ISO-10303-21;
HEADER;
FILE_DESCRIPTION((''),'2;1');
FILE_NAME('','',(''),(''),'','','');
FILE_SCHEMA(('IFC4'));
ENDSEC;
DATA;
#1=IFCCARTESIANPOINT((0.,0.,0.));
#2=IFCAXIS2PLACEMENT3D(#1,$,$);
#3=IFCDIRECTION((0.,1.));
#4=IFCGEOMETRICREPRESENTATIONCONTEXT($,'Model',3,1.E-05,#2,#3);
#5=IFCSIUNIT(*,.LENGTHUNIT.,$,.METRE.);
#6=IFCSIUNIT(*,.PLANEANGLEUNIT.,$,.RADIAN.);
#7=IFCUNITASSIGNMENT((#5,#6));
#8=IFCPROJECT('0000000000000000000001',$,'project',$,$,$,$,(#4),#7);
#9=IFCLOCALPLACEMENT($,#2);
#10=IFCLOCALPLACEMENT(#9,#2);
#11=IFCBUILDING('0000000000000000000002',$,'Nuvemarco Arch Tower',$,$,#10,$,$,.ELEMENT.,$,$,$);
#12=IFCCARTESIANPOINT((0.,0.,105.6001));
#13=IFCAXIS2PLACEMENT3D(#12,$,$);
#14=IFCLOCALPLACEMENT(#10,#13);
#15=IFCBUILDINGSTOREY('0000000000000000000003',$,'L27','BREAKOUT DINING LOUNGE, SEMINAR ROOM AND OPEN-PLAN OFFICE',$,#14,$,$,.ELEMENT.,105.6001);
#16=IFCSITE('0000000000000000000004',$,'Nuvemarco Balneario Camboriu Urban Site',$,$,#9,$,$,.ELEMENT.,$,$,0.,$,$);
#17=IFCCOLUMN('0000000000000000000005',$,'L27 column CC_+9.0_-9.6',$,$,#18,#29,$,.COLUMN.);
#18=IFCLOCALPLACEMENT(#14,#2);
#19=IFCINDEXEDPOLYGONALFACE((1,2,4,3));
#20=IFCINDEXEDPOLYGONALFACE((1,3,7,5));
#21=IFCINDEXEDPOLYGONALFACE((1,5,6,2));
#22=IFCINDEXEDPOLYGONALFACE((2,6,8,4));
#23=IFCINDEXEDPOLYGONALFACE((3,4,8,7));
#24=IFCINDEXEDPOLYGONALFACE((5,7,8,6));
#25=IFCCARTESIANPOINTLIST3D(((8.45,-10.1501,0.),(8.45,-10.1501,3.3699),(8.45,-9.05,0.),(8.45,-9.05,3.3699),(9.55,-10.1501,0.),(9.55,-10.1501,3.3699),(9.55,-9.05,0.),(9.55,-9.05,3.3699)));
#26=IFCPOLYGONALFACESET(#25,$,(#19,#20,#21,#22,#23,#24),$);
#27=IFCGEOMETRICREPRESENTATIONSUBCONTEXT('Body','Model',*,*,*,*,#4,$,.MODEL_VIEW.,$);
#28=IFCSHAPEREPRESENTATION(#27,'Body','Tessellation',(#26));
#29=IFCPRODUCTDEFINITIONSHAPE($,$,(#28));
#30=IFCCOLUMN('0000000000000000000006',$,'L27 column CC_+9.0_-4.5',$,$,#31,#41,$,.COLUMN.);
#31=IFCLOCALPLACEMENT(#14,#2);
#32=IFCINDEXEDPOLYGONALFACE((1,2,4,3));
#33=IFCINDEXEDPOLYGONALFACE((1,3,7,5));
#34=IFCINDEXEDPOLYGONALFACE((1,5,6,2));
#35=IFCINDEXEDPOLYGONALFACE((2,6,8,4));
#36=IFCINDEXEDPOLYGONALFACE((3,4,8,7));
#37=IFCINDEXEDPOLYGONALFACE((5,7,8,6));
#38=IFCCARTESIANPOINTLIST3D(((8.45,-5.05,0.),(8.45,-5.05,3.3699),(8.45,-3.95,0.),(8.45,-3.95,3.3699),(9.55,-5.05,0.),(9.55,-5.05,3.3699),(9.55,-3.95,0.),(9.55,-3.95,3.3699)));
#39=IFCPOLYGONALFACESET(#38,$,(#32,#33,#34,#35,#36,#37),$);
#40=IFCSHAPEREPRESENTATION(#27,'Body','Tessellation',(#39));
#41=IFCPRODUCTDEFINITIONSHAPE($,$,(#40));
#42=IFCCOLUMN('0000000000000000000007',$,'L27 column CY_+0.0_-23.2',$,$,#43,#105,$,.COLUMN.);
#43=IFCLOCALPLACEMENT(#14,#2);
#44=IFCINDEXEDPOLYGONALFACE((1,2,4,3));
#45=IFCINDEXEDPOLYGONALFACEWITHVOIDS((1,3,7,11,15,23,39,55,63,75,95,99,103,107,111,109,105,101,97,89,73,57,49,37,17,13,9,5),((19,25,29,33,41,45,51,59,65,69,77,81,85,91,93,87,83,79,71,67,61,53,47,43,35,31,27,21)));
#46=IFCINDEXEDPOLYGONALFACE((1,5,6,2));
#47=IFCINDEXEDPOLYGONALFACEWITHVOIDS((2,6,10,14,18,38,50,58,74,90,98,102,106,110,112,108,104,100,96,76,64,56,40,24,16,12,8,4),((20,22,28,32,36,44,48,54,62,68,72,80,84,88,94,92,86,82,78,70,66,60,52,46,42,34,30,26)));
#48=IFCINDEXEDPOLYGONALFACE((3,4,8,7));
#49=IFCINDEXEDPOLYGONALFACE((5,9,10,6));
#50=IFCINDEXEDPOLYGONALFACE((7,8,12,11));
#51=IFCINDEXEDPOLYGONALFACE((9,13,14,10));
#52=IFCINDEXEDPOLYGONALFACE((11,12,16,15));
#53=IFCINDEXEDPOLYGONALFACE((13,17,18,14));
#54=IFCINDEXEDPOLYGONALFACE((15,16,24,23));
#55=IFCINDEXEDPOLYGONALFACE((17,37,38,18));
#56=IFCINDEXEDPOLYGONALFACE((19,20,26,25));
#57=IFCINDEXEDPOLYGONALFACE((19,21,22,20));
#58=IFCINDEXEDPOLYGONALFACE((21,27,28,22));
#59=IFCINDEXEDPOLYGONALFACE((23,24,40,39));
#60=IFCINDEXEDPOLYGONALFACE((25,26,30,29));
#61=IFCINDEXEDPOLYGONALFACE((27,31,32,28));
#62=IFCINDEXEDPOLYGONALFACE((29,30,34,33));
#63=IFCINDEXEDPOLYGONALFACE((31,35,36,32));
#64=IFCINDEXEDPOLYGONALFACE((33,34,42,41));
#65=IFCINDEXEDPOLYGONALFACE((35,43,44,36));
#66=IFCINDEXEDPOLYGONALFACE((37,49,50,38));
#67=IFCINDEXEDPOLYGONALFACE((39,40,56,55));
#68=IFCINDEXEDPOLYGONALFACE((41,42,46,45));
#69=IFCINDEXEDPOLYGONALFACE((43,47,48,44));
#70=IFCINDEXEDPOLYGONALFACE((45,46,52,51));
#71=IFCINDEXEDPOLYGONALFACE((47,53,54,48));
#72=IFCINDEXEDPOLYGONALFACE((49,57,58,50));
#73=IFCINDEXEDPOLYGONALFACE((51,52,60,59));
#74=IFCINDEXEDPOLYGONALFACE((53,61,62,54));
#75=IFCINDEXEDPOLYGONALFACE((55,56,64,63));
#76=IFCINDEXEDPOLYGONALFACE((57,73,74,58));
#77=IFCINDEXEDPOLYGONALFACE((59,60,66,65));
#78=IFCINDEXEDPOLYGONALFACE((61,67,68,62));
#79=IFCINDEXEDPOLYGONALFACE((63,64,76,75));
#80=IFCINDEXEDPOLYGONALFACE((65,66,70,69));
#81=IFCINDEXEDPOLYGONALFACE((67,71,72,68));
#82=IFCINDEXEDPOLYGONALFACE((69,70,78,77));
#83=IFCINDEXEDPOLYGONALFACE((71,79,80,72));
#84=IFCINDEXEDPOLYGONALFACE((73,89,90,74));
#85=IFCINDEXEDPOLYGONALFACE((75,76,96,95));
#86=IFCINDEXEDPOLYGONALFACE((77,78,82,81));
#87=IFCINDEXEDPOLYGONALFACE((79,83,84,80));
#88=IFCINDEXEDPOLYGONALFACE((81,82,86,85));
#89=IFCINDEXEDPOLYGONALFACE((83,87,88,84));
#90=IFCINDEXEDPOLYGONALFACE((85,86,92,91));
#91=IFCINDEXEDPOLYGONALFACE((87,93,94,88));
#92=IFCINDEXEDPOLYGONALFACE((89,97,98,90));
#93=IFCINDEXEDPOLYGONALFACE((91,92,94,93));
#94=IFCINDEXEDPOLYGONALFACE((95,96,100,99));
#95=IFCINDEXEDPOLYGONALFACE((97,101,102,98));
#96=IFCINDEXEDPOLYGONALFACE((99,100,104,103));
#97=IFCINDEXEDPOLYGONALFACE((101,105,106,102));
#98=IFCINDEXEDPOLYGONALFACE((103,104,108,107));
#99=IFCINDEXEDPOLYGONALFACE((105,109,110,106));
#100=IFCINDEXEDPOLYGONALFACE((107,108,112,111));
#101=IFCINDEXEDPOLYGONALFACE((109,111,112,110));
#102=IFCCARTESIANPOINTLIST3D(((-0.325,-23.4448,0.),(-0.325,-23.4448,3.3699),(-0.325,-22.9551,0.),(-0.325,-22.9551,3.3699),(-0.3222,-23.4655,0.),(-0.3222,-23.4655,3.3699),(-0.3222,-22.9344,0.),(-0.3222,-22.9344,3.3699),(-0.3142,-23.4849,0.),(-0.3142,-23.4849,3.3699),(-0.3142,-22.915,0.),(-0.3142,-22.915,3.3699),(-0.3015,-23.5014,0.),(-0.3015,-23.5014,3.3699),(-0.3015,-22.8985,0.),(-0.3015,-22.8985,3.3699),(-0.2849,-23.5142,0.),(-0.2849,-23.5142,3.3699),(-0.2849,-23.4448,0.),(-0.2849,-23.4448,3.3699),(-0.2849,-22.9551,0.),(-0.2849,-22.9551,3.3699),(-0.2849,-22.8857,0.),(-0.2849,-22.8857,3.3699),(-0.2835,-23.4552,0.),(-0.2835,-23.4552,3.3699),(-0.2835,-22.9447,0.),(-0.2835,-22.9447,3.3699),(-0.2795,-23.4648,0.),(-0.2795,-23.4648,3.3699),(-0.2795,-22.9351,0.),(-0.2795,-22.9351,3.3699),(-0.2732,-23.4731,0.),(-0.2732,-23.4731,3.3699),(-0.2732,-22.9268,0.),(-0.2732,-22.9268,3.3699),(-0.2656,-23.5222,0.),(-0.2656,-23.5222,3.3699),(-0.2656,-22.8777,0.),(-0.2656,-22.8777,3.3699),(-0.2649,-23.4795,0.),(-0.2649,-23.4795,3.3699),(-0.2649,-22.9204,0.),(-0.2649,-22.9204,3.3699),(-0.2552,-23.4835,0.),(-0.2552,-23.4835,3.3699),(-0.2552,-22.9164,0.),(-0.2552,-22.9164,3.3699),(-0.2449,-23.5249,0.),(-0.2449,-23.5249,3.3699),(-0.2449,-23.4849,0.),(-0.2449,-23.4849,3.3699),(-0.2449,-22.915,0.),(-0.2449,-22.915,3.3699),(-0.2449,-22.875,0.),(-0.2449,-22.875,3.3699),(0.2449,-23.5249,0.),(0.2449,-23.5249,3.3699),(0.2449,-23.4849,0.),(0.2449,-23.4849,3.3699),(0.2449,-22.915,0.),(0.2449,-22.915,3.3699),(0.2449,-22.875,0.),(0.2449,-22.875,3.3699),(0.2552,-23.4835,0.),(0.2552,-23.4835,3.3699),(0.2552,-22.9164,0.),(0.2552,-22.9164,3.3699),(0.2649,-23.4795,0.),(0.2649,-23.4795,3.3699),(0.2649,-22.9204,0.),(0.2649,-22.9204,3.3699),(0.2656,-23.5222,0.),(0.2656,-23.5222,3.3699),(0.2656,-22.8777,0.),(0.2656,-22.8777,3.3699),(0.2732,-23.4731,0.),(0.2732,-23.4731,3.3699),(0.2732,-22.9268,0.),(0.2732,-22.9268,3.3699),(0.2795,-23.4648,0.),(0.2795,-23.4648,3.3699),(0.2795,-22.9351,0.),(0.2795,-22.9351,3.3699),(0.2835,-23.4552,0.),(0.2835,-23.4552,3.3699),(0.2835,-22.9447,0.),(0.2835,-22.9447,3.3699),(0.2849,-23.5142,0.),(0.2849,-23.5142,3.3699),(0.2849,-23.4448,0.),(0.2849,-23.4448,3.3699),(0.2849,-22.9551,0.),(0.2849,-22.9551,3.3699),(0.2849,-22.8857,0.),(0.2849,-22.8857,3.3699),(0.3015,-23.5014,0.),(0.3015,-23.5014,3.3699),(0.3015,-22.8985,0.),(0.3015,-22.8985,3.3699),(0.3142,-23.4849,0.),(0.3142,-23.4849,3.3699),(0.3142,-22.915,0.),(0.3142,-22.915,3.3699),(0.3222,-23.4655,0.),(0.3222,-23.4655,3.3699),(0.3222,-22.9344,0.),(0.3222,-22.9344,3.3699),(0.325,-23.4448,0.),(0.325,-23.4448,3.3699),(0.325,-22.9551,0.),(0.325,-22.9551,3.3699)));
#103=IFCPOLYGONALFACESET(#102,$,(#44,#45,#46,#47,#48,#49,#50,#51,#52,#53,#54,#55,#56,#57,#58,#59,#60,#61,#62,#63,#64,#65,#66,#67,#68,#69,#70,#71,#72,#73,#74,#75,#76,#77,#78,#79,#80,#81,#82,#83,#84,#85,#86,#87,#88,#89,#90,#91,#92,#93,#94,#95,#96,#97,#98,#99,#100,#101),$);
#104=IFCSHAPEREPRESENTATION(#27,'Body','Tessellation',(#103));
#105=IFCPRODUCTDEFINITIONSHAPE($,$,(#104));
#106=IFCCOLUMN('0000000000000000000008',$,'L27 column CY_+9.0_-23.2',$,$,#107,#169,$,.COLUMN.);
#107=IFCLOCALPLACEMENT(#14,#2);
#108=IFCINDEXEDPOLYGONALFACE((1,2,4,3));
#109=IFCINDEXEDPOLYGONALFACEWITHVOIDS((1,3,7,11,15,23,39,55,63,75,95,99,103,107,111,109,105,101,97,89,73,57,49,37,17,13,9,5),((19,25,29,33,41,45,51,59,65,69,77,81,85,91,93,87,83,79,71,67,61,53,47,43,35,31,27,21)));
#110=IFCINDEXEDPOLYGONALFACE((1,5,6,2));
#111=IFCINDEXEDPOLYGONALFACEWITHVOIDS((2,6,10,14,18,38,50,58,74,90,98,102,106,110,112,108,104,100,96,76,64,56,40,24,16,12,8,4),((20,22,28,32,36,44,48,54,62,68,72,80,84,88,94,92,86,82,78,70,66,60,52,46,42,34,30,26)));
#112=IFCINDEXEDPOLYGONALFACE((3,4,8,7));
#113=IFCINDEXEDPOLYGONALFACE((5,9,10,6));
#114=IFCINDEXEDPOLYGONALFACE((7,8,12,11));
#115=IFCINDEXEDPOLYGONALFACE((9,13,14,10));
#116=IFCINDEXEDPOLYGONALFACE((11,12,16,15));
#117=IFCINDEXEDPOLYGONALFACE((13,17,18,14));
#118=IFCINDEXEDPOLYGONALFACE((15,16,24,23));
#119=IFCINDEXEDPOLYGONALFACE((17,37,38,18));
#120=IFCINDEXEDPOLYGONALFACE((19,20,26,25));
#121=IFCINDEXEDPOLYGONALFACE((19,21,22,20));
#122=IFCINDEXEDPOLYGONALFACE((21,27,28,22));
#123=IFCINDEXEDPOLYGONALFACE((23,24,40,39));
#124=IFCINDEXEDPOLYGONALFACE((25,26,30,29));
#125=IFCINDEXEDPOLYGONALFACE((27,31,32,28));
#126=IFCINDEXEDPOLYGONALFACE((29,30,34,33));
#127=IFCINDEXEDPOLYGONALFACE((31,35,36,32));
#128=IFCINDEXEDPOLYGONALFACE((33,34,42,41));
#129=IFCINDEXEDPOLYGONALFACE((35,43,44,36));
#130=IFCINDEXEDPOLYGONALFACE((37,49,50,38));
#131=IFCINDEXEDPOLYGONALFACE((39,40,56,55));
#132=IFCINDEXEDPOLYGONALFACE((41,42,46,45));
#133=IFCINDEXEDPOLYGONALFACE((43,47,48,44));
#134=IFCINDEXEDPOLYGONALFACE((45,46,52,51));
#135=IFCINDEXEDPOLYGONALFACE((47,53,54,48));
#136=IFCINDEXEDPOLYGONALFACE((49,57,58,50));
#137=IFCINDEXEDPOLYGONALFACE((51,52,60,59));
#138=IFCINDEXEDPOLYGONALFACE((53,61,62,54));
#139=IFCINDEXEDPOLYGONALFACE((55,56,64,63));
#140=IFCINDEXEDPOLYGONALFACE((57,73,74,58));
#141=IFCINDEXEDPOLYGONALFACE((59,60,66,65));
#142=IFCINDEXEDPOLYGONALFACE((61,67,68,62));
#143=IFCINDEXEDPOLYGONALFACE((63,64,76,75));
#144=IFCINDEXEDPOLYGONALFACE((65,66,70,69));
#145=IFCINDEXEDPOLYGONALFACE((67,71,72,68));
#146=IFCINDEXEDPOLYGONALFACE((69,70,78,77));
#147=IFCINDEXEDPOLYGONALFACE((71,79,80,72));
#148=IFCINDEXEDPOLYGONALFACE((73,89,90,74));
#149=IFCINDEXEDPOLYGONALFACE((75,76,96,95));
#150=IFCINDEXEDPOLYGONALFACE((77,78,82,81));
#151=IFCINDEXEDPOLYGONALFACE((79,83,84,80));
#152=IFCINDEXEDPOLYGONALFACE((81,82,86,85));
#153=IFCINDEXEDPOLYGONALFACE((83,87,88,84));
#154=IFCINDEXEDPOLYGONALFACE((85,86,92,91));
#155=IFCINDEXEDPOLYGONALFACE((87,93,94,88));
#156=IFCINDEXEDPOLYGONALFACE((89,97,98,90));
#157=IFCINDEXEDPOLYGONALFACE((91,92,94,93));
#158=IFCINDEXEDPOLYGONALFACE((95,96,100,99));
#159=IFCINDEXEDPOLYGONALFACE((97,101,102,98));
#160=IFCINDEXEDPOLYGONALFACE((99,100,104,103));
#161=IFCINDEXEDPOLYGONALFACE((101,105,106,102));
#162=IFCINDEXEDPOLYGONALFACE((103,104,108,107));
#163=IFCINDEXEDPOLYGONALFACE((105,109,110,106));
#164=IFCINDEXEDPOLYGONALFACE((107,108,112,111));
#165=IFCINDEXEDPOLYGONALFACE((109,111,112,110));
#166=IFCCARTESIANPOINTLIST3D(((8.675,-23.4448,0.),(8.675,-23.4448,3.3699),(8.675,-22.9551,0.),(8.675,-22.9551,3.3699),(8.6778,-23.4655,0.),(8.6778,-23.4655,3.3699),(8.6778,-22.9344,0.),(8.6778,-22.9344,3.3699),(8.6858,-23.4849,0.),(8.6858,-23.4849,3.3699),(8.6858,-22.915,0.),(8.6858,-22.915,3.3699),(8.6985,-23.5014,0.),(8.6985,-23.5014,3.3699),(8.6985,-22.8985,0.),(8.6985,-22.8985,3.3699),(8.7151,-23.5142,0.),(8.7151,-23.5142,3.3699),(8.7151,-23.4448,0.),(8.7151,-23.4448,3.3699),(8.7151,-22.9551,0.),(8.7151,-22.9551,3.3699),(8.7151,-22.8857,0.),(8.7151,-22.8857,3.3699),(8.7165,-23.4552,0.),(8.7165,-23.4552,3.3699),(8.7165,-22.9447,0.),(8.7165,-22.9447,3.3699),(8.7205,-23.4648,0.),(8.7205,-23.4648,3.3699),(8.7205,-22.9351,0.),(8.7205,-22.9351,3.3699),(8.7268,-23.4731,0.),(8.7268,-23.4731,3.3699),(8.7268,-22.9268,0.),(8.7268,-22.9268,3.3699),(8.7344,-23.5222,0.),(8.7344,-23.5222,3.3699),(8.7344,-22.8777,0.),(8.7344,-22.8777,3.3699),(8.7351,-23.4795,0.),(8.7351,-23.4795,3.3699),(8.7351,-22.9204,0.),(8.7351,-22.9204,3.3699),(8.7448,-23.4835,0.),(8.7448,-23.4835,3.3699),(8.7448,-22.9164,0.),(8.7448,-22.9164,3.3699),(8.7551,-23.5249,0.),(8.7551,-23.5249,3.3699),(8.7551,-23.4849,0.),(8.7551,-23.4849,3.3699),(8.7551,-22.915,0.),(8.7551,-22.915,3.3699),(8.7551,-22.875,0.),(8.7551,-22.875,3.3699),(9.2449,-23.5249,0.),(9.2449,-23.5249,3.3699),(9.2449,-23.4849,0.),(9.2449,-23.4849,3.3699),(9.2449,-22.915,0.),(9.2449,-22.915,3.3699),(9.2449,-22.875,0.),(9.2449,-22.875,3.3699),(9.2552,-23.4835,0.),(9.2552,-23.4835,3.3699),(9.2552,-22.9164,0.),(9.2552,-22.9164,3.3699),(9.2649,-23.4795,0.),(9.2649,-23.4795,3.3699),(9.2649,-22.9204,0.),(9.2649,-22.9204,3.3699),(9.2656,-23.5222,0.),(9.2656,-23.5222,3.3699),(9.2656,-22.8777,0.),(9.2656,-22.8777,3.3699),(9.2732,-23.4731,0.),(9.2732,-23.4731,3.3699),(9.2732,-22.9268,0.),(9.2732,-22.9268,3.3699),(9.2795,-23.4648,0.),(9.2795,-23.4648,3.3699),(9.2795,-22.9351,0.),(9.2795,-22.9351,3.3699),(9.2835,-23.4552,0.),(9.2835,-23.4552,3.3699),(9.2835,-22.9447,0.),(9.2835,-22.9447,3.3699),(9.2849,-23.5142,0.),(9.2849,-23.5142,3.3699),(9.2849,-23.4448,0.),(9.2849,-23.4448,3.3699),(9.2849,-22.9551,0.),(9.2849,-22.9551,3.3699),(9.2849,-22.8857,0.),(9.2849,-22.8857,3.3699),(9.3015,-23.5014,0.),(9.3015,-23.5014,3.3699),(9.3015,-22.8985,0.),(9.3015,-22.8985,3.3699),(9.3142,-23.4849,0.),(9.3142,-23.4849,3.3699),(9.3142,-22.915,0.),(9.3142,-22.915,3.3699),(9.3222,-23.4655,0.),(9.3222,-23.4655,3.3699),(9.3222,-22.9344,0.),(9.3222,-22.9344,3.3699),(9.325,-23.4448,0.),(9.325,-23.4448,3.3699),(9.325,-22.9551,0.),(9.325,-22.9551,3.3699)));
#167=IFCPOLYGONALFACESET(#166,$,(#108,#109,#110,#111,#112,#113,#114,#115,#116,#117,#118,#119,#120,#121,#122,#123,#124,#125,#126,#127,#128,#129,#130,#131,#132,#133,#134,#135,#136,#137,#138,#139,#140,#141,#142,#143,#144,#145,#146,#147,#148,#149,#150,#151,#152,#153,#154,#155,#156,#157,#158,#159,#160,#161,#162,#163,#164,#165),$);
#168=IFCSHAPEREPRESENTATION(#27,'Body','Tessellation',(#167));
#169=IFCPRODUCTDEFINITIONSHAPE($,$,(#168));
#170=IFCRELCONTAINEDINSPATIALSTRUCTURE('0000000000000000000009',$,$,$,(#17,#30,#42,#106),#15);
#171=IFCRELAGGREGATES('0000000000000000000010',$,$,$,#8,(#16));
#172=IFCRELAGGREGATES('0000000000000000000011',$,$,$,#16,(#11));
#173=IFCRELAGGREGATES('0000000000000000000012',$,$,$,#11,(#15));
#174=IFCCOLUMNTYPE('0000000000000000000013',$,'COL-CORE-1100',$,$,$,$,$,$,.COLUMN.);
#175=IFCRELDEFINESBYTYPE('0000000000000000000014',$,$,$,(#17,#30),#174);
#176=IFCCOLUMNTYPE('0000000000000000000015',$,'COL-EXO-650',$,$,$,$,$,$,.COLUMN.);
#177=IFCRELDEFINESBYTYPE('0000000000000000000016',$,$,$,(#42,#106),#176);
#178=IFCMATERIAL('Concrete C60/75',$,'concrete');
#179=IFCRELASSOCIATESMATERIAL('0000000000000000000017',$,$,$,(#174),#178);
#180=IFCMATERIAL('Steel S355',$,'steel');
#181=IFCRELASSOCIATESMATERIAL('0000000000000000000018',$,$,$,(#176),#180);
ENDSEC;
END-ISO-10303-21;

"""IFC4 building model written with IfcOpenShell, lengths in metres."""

from ifc_helpers import new_model, si_unit, direction, frame, origin, origin_2d, place, context, subcontext, project, spatial, rectangle, hollow_rectangle, extrude, material, material_profile, profile_set, type_object, element, save


model = new_model("IFC4")

# Units and contexts
model_context = context("Model", 3, precision=1e-05, world=origin(), true_north=direction((0.0, 1.0)))
body_context = subcontext(model_context, "Body", "Model", "MODEL_VIEW")
ifc_project = project(units=[si_unit("LENGTHUNIT", "METRE"), si_unit("PLANEANGLEUNIT", "RADIAN")], contexts=[model_context])

# Site, building, storey
site_placement = place(None, origin())
site = spatial("IfcSite", under=ifc_project, at=site_placement, Name="Nuvemarco Balneario Camboriu Urban Site", CompositionType="ELEMENT", RefElevation=0.0)
building_placement = place(site_placement, origin())
building = spatial("IfcBuilding", under=site, at=building_placement, Name="Nuvemarco Arch Tower", CompositionType="ELEMENT")
storey_placement = place(building_placement, frame((0.0, 0.0, 105.6001)))
storey = spatial("IfcBuildingStorey", under=building, at=storey_placement, Name="L27", Description="BREAKOUT DINING LOUNGE, SEMINAR ROOM AND OPEN-PLAN OFFICE", CompositionType="ELEMENT", Elevation=105.6001)

# Columns
ifc_material_1 = material(Name="Concrete C60/75", Category="concrete")
ifc_material_profile_1 = material_profile(ifc_material_1, rectangle(XDim=1.1001, YDim=1.1001, at=origin_2d()), Name="RC-COL-1100x1100")
ifc_profile_set_1 = profile_set([ifc_material_profile_1], Name="Concrete C60/75")
column_type_1 = type_object("IfcColumnType", Name="COL-CORE-1100", PredefinedType="COLUMN", material=ifc_profile_set_1)
for number, where, z_axis, x_axis, name in (
    (1, (9.0, -9.6001, 0.0), (0.0, 0.0, 1.0), (1.0, 0.0, 0.0), "L27 column CC_+9.0_-9.6"),
    (2, (9.0, -4.5, 0.0), (0.0, 0.0, 1.0), (1.0, 0.0, 0.0), "L27 column CC_+9.0_-4.5"),
):
    element("IfcColumn", number, at=place(storey_placement, frame(where, z_axis=z_axis, x_axis=x_axis)), inside=storey, type_object=column_type_1, Name=name, PredefinedType="COLUMN", context=body_context, shape_type="SweptSolid", body=[
        extrude(rectangle(XDim=1.1001, YDim=1.1001, at=origin_2d()), origin(), (0.0, 0.0, 1.0), 3.3699),
    ])
ifc_material_2 = material(Name="Steel S355", Category="steel")
ifc_material_profile_2 = material_profile(ifc_material_2, hollow_rectangle(XDim=0.6499, YDim=0.6499, WallThickness=0.04, InnerFilletRadius=0.04, OuterFilletRadius=0.0801, at=origin_2d()), Name="SHS650x650x40")
ifc_profile_set_2 = profile_set([ifc_material_profile_2], Name="Steel S355")
column_type_2 = type_object("IfcColumnType", Name="COL-EXO-650", PredefinedType="COLUMN", material=ifc_profile_set_2)
for number, where, z_axis, x_axis, name in (
    (3, (0.0, -23.2, 0.0), (0.0, 0.0, 1.0), (1.0, 0.0, 0.0), "L27 column CY_+0.0_-23.2"),
    (4, (9.0, -23.2, 0.0), (0.0, 0.0, 1.0), (1.0, 0.0, 0.0), "L27 column CY_+9.0_-23.2"),
):
    element("IfcColumn", number, at=place(storey_placement, frame(where, z_axis=z_axis, x_axis=x_axis)), inside=storey, type_object=column_type_2, Name=name, PredefinedType="COLUMN", context=body_context, shape_type="SweptSolid", body=[
        extrude(hollow_rectangle(XDim=0.6499, YDim=0.6499, WallThickness=0.04, InnerFilletRadius=0.04, OuterFilletRadius=0.0801, at=origin_2d()), origin(), (0.0, 0.0, 1.0), 3.3699),
    ])

save(model, "model.ifc")
